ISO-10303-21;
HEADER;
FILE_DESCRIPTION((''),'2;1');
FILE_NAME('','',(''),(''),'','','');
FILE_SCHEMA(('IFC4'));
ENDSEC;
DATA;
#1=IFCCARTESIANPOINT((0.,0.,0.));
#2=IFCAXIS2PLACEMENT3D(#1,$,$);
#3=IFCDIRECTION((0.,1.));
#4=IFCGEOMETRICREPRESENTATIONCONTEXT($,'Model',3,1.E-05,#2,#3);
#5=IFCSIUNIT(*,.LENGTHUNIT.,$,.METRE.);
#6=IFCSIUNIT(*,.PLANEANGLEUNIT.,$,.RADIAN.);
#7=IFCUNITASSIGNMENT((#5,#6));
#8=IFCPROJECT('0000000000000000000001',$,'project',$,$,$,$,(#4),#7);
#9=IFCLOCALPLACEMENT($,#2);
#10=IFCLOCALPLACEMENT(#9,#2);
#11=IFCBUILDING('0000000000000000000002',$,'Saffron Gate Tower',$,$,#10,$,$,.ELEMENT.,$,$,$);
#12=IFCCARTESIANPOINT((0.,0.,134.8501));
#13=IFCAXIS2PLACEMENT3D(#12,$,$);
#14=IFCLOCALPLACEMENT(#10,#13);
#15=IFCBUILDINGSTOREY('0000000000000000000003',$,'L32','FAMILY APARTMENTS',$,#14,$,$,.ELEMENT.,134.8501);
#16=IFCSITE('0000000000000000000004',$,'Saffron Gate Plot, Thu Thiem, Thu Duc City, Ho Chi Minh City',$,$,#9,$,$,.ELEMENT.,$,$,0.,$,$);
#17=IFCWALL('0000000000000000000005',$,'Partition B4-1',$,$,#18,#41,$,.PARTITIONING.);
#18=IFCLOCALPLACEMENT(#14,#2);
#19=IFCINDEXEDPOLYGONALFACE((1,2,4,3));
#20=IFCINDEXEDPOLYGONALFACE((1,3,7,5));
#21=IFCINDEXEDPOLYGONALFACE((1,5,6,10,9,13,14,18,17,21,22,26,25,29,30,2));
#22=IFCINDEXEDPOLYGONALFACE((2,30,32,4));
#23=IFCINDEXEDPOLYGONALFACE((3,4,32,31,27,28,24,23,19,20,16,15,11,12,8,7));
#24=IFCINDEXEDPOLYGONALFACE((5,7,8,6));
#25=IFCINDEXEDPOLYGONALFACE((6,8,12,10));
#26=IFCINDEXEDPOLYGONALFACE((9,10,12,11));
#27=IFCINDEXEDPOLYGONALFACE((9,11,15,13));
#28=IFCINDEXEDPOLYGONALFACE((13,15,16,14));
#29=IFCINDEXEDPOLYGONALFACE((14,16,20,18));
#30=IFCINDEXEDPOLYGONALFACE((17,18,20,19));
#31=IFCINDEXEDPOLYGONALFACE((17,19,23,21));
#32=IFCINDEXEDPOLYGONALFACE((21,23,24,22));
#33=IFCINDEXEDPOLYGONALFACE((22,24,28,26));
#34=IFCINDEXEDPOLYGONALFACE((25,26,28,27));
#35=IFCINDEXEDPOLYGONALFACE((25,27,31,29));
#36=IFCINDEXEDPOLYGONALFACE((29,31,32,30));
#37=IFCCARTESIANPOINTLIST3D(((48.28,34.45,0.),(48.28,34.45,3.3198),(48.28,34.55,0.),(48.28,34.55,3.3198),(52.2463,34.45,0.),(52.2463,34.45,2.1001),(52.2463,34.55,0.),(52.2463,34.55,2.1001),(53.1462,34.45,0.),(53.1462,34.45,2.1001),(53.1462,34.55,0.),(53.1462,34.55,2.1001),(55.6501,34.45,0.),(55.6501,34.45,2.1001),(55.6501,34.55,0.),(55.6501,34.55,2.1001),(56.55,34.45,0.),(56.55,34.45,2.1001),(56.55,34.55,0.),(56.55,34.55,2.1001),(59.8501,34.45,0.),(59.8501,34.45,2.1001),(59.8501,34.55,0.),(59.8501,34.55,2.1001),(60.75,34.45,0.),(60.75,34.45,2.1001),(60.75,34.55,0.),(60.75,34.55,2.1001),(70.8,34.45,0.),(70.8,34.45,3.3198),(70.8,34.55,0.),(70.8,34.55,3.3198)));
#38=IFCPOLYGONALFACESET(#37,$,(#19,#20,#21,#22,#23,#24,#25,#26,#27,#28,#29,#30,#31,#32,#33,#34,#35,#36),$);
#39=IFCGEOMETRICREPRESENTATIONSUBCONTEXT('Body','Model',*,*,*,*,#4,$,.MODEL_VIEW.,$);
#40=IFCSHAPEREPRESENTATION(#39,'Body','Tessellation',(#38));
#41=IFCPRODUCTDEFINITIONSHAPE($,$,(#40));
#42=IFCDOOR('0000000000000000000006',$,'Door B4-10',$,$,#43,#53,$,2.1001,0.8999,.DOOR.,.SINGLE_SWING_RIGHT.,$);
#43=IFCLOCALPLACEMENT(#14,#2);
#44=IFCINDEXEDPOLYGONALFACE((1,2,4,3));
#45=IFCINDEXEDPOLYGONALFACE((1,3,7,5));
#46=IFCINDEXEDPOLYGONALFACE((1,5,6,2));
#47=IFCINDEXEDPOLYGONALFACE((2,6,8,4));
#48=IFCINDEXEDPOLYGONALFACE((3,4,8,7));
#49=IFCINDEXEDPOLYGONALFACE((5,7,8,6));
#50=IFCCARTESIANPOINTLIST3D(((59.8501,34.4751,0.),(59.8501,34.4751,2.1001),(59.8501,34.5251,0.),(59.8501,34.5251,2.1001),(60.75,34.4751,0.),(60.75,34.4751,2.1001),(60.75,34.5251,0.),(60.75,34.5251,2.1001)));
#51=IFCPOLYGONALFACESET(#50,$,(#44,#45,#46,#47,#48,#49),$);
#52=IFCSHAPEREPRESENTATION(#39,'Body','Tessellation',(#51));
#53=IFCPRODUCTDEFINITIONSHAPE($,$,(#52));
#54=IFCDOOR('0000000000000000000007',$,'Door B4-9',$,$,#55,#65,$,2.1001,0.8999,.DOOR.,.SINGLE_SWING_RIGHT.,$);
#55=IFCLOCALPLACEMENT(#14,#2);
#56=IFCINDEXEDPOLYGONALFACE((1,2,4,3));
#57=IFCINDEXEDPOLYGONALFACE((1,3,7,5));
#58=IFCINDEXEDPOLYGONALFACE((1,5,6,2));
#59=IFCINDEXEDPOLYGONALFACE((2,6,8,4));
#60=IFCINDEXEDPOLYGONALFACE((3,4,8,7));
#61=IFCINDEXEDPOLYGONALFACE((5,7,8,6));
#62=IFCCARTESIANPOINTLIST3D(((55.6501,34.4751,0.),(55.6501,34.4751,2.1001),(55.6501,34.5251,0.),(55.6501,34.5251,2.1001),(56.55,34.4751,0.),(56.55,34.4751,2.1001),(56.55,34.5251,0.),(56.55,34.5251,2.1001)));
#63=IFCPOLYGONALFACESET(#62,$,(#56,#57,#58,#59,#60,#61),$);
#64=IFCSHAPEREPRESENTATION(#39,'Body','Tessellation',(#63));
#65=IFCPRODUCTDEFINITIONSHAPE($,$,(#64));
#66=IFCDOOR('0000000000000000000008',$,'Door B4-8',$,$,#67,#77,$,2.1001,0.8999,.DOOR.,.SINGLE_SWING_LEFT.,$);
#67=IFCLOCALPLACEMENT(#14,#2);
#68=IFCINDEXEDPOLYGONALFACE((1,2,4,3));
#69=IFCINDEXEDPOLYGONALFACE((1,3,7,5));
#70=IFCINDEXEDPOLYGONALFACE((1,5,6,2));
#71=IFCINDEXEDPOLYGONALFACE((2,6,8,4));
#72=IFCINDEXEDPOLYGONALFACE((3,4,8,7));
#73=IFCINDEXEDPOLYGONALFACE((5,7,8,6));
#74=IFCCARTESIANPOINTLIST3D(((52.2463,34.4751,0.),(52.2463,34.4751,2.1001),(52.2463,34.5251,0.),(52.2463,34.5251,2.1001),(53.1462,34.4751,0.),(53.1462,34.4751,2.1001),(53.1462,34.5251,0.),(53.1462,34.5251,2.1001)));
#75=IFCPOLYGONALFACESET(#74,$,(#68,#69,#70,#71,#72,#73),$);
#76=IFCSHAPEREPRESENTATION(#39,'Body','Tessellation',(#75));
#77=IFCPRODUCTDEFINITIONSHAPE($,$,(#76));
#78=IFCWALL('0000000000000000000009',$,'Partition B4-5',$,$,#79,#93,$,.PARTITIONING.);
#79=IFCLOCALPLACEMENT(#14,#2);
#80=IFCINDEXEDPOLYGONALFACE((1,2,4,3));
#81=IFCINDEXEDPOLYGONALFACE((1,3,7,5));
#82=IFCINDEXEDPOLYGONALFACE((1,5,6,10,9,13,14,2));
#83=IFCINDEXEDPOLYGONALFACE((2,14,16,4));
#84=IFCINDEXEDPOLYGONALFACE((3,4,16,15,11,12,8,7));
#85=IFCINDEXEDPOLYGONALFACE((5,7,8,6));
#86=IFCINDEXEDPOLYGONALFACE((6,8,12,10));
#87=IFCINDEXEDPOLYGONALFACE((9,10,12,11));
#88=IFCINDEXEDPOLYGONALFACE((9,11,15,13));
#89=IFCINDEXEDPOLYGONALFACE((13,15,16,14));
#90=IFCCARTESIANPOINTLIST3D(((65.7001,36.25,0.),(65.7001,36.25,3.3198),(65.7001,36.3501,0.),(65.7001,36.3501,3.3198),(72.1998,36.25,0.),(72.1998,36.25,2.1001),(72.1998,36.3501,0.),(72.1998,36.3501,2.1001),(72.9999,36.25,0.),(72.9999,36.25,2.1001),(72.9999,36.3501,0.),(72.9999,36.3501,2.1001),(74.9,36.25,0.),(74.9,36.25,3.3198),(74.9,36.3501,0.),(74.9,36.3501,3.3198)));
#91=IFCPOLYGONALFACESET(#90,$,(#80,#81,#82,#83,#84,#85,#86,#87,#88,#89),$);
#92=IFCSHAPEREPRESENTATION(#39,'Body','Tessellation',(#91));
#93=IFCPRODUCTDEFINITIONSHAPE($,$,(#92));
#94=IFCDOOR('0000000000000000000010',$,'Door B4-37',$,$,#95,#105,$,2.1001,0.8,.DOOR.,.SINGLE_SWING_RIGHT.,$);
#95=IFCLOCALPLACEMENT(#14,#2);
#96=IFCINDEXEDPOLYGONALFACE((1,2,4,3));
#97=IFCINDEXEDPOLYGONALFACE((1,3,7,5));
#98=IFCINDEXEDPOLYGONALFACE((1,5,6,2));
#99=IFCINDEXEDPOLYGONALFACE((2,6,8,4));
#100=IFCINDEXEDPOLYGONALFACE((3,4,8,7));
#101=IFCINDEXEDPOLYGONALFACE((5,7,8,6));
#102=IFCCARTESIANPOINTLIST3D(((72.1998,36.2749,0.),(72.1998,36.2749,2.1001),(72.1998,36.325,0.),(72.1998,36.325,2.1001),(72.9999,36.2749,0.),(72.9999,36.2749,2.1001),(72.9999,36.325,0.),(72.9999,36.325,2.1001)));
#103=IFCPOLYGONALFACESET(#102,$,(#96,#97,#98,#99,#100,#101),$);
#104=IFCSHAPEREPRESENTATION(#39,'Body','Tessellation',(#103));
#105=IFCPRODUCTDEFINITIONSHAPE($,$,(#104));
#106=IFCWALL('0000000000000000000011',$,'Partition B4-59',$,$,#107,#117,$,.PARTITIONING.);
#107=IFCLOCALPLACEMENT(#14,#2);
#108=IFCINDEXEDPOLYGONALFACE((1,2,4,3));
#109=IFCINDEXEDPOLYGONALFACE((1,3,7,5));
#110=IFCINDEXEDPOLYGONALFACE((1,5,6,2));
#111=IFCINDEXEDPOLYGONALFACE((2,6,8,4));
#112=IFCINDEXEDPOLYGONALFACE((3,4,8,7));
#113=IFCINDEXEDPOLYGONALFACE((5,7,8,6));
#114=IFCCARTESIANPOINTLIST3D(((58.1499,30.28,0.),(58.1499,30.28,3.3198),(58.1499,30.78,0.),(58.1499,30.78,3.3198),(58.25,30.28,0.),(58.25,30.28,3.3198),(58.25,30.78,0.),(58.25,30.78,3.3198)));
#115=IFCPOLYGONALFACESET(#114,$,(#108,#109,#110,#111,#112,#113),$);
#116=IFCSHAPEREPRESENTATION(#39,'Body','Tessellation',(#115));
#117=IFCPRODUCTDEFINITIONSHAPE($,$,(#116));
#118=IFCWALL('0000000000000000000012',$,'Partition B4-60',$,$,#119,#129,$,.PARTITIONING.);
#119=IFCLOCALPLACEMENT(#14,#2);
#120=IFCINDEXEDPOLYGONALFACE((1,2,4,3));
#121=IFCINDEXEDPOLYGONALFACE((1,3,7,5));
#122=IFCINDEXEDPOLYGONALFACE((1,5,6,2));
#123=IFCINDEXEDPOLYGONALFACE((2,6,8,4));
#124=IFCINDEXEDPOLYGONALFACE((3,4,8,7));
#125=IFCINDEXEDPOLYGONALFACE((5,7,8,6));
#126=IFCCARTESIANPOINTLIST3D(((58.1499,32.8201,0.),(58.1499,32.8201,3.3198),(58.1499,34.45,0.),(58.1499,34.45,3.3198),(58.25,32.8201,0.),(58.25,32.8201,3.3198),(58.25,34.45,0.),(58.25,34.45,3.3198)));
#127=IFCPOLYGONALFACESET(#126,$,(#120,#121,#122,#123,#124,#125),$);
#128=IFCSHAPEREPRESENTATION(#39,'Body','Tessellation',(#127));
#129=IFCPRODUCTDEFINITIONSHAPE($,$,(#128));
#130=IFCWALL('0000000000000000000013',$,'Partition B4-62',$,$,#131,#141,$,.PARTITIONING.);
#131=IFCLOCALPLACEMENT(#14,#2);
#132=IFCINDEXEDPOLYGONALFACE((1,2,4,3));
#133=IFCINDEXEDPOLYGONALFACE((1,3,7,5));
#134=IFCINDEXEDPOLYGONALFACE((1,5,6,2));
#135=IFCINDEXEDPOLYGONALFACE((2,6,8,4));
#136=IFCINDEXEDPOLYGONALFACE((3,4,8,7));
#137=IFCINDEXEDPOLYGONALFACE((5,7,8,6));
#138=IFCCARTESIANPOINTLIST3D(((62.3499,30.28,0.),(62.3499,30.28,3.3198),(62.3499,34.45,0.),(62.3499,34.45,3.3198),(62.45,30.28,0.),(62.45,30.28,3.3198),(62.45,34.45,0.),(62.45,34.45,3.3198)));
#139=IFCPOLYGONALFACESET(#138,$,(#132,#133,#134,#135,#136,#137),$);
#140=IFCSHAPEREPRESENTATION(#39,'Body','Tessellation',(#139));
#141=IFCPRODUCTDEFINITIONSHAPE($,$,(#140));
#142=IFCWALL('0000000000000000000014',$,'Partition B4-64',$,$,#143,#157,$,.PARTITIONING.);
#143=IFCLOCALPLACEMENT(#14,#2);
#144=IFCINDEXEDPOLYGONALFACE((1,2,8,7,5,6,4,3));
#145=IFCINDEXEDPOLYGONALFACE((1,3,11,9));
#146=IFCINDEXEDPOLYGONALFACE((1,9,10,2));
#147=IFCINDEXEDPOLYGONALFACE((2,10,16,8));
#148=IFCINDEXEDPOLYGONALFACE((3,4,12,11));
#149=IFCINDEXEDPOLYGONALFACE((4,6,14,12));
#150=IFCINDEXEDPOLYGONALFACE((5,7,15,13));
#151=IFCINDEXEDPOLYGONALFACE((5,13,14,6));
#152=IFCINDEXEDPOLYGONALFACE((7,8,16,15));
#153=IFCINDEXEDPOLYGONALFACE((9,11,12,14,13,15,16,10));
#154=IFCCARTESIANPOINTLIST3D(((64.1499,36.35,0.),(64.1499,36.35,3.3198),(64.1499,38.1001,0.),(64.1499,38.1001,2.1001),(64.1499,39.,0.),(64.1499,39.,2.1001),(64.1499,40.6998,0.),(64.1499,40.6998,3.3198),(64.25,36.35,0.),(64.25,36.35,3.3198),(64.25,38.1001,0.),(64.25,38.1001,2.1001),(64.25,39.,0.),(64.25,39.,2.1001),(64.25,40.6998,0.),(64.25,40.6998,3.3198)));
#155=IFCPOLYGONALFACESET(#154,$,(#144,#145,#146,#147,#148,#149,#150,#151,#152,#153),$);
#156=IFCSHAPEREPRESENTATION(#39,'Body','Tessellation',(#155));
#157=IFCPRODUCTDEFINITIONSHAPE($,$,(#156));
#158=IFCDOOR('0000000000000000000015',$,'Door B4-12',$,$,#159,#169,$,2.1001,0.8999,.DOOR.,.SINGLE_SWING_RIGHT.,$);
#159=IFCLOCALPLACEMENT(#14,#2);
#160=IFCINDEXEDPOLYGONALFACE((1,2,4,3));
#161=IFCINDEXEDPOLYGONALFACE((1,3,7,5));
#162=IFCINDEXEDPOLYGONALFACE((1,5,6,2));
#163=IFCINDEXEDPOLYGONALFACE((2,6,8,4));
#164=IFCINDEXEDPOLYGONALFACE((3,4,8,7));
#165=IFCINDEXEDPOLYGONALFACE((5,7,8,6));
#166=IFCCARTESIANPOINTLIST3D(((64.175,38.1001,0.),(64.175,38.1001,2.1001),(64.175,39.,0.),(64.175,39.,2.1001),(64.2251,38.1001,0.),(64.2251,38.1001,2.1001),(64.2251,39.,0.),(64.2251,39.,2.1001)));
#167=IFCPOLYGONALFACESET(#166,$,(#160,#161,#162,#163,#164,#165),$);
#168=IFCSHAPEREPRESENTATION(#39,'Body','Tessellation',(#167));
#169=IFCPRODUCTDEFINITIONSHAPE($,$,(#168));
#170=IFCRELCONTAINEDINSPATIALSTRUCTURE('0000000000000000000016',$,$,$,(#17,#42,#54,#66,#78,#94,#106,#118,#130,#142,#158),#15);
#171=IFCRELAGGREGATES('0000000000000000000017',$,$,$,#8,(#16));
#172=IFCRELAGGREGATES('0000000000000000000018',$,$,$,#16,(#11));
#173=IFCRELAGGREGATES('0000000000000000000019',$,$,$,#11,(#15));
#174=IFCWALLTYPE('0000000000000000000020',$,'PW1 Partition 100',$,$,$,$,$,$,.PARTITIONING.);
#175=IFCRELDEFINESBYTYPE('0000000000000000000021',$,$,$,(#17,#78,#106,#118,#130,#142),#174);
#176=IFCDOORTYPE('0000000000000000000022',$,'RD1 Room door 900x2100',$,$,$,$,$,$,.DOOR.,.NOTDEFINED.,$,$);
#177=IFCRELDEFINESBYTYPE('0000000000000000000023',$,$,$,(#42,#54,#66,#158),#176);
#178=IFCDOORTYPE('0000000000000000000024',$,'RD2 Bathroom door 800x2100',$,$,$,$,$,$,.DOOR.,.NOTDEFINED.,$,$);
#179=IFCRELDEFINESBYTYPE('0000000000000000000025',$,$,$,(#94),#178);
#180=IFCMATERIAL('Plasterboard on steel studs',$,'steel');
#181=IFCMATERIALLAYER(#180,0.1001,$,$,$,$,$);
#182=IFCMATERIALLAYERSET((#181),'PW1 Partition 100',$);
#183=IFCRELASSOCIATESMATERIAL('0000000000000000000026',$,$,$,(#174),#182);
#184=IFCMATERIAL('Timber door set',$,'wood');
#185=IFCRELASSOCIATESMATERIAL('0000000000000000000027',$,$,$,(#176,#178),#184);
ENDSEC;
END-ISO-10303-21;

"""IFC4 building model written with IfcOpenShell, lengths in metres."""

from ifc_helpers import new_model, si_unit, direction, frame, frame_2d, origin, place, context, subcontext, project, spatial, rectangle, extrude, material, layer, layer_set, type_object, element, fill, save


model = new_model("IFC4")

# Units and contexts
model_context = context("Model", 3, precision=1e-05, world=origin(), true_north=direction((0.0, 1.0)))
body_context = subcontext(model_context, "Body", "Model", "MODEL_VIEW")
ifc_project = project(units=[si_unit("LENGTHUNIT", "METRE"), si_unit("PLANEANGLEUNIT", "RADIAN")], contexts=[model_context])

# Site, building, storey
site_placement = place(None, origin())
site = spatial("IfcSite", under=ifc_project, at=site_placement, Name="Saffron Gate Plot, Thu Thiem, Thu Duc City, Ho Chi Minh City", CompositionType="ELEMENT", RefElevation=0.0)
building_placement = place(site_placement, origin())
building = spatial("IfcBuilding", under=site, at=building_placement, Name="Saffron Gate Tower", CompositionType="ELEMENT")
storey_placement = place(building_placement, frame((0.0, 0.0, 134.8501)))
storey = spatial("IfcBuildingStorey", under=building, at=storey_placement, Name="L32", Description="FAMILY APARTMENTS", CompositionType="ELEMENT", Elevation=134.8501)

# Wall, openings, doors
ifc_material_1 = material(Name="Plasterboard on steel studs", Category="steel")
ifc_layer = layer(ifc_material_1, 0.1001)
ifc_layer_set = layer_set([ifc_layer], Name="PW1 Partition 100")
wall_type = type_object("IfcWallType", Name="PW1 Partition 100", PredefinedType="PARTITIONING", material=ifc_layer_set)
wall_1_placement = place(storey_placement, frame((70.8, 34.5, 0.0), z_axis=(0.0, 0.0, 1.0), x_axis=(-1.0, 0.0, 0.0)))
wall_1 = element("IfcWall", 1, at=wall_1_placement, inside=storey, type_object=wall_type, Name="Partition B4-1", PredefinedType="PARTITIONING", context=body_context, shape_type="SweptSolid", body=[
    extrude(rectangle(XDim=22.52, YDim=0.1001, at=frame_2d((11.26, 0.0))), origin(), (0.0, 0.0, 1.0), 3.3198),
])
opening_1_placement = place(wall_1_placement, frame((10.05, 0.0, 0.0)))
opening_1 = element("IfcOpeningElement", 2, at=opening_1_placement, cuts=wall_1, PredefinedType="OPENING", context=body_context, shape_type="SweptSolid", body=[
    extrude(rectangle(XDim=0.8999, YDim=2.1001, at=frame_2d((0.45, 1.05))), frame((0.0, 0.0601, 0.0), z_axis=(0.0, -1.0, 0.0), x_axis=(1.0, 0.0, 0.0)), (0.0, 0.0, 1.0), 0.1201),
])
opening_2_placement = place(wall_1_placement, frame((14.25, 0.0, 0.0)))
opening_2 = element("IfcOpeningElement", 3, at=opening_2_placement, cuts=wall_1, PredefinedType="OPENING", context=body_context, shape_type="SweptSolid", body=[
    extrude(rectangle(XDim=0.8999, YDim=2.1001, at=frame_2d((0.45, 1.05))), frame((0.0, 0.0601, 0.0), z_axis=(0.0, -1.0, 0.0), x_axis=(1.0, 0.0, 0.0)), (0.0, 0.0, 1.0), 0.1201),
])
opening_3_placement = place(wall_1_placement, frame((17.6538, 0.0, 0.0)))
opening_3 = element("IfcOpeningElement", 4, at=opening_3_placement, cuts=wall_1, PredefinedType="OPENING", context=body_context, shape_type="SweptSolid", body=[
    extrude(rectangle(XDim=0.8999, YDim=2.1001, at=frame_2d((0.45, 1.05))), frame((0.0, 0.0601, 0.0), z_axis=(0.0, -1.0, 0.0), x_axis=(1.0, 0.0, 0.0)), (0.0, 0.0, 1.0), 0.1201),
])
ifc_material_2 = material(Name="Timber door set", Category="wood")
door_type_1 = type_object("IfcDoorType", Name="RD1 Room door 900x2100", OperationType="NOTDEFINED", PredefinedType="DOOR", material=ifc_material_2)
door_1_placement = place(opening_1_placement, origin())
door_1 = element("IfcDoor", 5, at=door_1_placement, inside=storey, type_object=door_type_1, Name="Door B4-10", OperationType="SINGLE_SWING_RIGHT", OverallHeight=2.1001, OverallWidth=0.8999, PredefinedType="DOOR", context=body_context, shape_type="SweptSolid", body=[
    extrude(rectangle(XDim=0.8999, YDim=2.1001, at=frame_2d((0.45, 1.05))), frame((0.0, 0.0249, 0.0), z_axis=(0.0, -1.0, 0.0), x_axis=(1.0, 0.0, 0.0)), (0.0, 0.0, 1.0), 0.05),
])
fill(opening_1, door_1)
door_2_placement = place(opening_2_placement, origin())
door_2 = element("IfcDoor", 6, at=door_2_placement, inside=storey, type_object=door_type_1, Name="Door B4-9", OperationType="SINGLE_SWING_RIGHT", OverallHeight=2.1001, OverallWidth=0.8999, PredefinedType="DOOR", context=body_context, shape_type="SweptSolid", body=[
    extrude(rectangle(XDim=0.8999, YDim=2.1001, at=frame_2d((0.45, 1.05))), frame((0.0, 0.0249, 0.0), z_axis=(0.0, -1.0, 0.0), x_axis=(1.0, 0.0, 0.0)), (0.0, 0.0, 1.0), 0.05),
])
fill(opening_2, door_2)
door_3_placement = place(opening_3_placement, origin())
door_3 = element("IfcDoor", 7, at=door_3_placement, inside=storey, type_object=door_type_1, Name="Door B4-8", OperationType="SINGLE_SWING_LEFT", OverallHeight=2.1001, OverallWidth=0.8999, PredefinedType="DOOR", context=body_context, shape_type="SweptSolid", body=[
    extrude(rectangle(XDim=0.8999, YDim=2.1001, at=frame_2d((0.45, 1.05))), frame((0.0, 0.0249, 0.0), z_axis=(0.0, -1.0, 0.0), x_axis=(1.0, 0.0, 0.0)), (0.0, 0.0, 1.0), 0.05),
])
fill(opening_3, door_3)

# Wall, opening, door
wall_2_placement = place(storey_placement, frame((65.7, 36.3, 0.0), z_axis=(0.0, 0.0, 1.0), x_axis=(1.0, 0.0, 0.0)))
wall_2 = element("IfcWall", 8, at=wall_2_placement, inside=storey, type_object=wall_type, Name="Partition B4-5", PredefinedType="PARTITIONING", context=body_context, shape_type="SweptSolid", body=[
    extrude(rectangle(XDim=9.2, YDim=0.1001, at=frame_2d((4.6001, 0.0))), origin(), (0.0, 0.0, 1.0), 3.3198),
])
opening_4_placement = place(wall_2_placement, frame((6.5, 0.0, 0.0)))
opening_4 = element("IfcOpeningElement", 9, at=opening_4_placement, cuts=wall_2, PredefinedType="OPENING", context=body_context, shape_type="SweptSolid", body=[
    extrude(rectangle(XDim=0.8, YDim=2.1001, at=frame_2d((0.3999, 1.05))), frame((0.0, 0.0601, 0.0), z_axis=(0.0, -1.0, 0.0), x_axis=(1.0, 0.0, 0.0)), (0.0, 0.0, 1.0), 0.1201),
])
door_type_2 = type_object("IfcDoorType", Name="RD2 Bathroom door 800x2100", OperationType="NOTDEFINED", PredefinedType="DOOR", material=ifc_material_2)
door_4_placement = place(opening_4_placement, origin())
door_4 = element("IfcDoor", 10, at=door_4_placement, inside=storey, type_object=door_type_2, Name="Door B4-37", OperationType="SINGLE_SWING_RIGHT", OverallHeight=2.1001, OverallWidth=0.8, PredefinedType="DOOR", context=body_context, shape_type="SweptSolid", body=[
    extrude(rectangle(XDim=0.8, YDim=2.1001, at=frame_2d((0.3999, 1.05))), frame((0.0, 0.0249, 0.0), z_axis=(0.0, -1.0, 0.0), x_axis=(1.0, 0.0, 0.0)), (0.0, 0.0, 1.0), 0.05),
])
fill(opening_4, door_4)

# Walls
wall_3_placement = place(storey_placement, frame((58.2, 30.78, 0.0), z_axis=(0.0, 0.0, 1.0), x_axis=(0.0, -1.0, 0.0)))
element("IfcWall", 11, at=wall_3_placement, inside=storey, type_object=wall_type, Name="Partition B4-59", PredefinedType="PARTITIONING", context=body_context, shape_type="SweptSolid", body=[
    extrude(rectangle(XDim=0.5, YDim=0.1001, at=frame_2d((0.25, 0.0))), origin(), (0.0, 0.0, 1.0), 3.3198),
])
wall_4_placement = place(storey_placement, frame((58.2, 34.45, 0.0), z_axis=(0.0, 0.0, 1.0), x_axis=(0.0, -1.0, 0.0)))
element("IfcWall", 12, at=wall_4_placement, inside=storey, type_object=wall_type, Name="Partition B4-60", PredefinedType="PARTITIONING", context=body_context, shape_type="SweptSolid", body=[
    extrude(rectangle(XDim=1.6299, YDim=0.1001, at=frame_2d((0.8149, 0.0))), origin(), (0.0, 0.0, 1.0), 3.3198),
])
wall_5_placement = place(storey_placement, frame((62.3999, 34.45, 0.0), z_axis=(0.0, 0.0, 1.0), x_axis=(0.0, -1.0, 0.0)))
element("IfcWall", 13, at=wall_5_placement, inside=storey, type_object=wall_type, Name="Partition B4-62", PredefinedType="PARTITIONING", context=body_context, shape_type="SweptSolid", body=[
    extrude(rectangle(XDim=4.1699, YDim=0.1001, at=frame_2d((2.085, 0.0))), origin(), (0.0, 0.0, 1.0), 3.3198),
])

# Wall, opening, door
wall_6_placement = place(storey_placement, frame((64.2, 36.3501, 0.0), z_axis=(0.0, 0.0, 1.0), x_axis=(0.0, 1.0, 0.0)))
wall_6 = element("IfcWall", 14, at=wall_6_placement, inside=storey, type_object=wall_type, Name="Partition B4-64", PredefinedType="PARTITIONING", context=body_context, shape_type="SweptSolid", body=[
    extrude(rectangle(XDim=4.3499, YDim=0.1001, at=frame_2d((2.1748, 0.0))), origin(), (0.0, 0.0, 1.0), 3.3198),
])
opening_5_placement = place(wall_6_placement, frame((1.75, 0.0, 0.0)))
opening_5 = element("IfcOpeningElement", 15, at=opening_5_placement, cuts=wall_6, PredefinedType="OPENING", context=body_context, shape_type="SweptSolid", body=[
    extrude(rectangle(XDim=0.8999, YDim=2.1001, at=frame_2d((0.45, 1.05))), frame((0.0, 0.0601, 0.0), z_axis=(0.0, -1.0, 0.0), x_axis=(1.0, 0.0, 0.0)), (0.0, 0.0, 1.0), 0.1201),
])
door_5_placement = place(opening_5_placement, origin())
door_5 = element("IfcDoor", 16, at=door_5_placement, inside=storey, type_object=door_type_1, Name="Door B4-12", OperationType="SINGLE_SWING_RIGHT", OverallHeight=2.1001, OverallWidth=0.8999, PredefinedType="DOOR", context=body_context, shape_type="SweptSolid", body=[
    extrude(rectangle(XDim=0.8999, YDim=2.1001, at=frame_2d((0.45, 1.05))), frame((0.0, 0.0249, 0.0), z_axis=(0.0, -1.0, 0.0), x_axis=(1.0, 0.0, 0.0)), (0.0, 0.0, 1.0), 0.05),
])
fill(opening_5, door_5)

save(model, "model.ifc")
